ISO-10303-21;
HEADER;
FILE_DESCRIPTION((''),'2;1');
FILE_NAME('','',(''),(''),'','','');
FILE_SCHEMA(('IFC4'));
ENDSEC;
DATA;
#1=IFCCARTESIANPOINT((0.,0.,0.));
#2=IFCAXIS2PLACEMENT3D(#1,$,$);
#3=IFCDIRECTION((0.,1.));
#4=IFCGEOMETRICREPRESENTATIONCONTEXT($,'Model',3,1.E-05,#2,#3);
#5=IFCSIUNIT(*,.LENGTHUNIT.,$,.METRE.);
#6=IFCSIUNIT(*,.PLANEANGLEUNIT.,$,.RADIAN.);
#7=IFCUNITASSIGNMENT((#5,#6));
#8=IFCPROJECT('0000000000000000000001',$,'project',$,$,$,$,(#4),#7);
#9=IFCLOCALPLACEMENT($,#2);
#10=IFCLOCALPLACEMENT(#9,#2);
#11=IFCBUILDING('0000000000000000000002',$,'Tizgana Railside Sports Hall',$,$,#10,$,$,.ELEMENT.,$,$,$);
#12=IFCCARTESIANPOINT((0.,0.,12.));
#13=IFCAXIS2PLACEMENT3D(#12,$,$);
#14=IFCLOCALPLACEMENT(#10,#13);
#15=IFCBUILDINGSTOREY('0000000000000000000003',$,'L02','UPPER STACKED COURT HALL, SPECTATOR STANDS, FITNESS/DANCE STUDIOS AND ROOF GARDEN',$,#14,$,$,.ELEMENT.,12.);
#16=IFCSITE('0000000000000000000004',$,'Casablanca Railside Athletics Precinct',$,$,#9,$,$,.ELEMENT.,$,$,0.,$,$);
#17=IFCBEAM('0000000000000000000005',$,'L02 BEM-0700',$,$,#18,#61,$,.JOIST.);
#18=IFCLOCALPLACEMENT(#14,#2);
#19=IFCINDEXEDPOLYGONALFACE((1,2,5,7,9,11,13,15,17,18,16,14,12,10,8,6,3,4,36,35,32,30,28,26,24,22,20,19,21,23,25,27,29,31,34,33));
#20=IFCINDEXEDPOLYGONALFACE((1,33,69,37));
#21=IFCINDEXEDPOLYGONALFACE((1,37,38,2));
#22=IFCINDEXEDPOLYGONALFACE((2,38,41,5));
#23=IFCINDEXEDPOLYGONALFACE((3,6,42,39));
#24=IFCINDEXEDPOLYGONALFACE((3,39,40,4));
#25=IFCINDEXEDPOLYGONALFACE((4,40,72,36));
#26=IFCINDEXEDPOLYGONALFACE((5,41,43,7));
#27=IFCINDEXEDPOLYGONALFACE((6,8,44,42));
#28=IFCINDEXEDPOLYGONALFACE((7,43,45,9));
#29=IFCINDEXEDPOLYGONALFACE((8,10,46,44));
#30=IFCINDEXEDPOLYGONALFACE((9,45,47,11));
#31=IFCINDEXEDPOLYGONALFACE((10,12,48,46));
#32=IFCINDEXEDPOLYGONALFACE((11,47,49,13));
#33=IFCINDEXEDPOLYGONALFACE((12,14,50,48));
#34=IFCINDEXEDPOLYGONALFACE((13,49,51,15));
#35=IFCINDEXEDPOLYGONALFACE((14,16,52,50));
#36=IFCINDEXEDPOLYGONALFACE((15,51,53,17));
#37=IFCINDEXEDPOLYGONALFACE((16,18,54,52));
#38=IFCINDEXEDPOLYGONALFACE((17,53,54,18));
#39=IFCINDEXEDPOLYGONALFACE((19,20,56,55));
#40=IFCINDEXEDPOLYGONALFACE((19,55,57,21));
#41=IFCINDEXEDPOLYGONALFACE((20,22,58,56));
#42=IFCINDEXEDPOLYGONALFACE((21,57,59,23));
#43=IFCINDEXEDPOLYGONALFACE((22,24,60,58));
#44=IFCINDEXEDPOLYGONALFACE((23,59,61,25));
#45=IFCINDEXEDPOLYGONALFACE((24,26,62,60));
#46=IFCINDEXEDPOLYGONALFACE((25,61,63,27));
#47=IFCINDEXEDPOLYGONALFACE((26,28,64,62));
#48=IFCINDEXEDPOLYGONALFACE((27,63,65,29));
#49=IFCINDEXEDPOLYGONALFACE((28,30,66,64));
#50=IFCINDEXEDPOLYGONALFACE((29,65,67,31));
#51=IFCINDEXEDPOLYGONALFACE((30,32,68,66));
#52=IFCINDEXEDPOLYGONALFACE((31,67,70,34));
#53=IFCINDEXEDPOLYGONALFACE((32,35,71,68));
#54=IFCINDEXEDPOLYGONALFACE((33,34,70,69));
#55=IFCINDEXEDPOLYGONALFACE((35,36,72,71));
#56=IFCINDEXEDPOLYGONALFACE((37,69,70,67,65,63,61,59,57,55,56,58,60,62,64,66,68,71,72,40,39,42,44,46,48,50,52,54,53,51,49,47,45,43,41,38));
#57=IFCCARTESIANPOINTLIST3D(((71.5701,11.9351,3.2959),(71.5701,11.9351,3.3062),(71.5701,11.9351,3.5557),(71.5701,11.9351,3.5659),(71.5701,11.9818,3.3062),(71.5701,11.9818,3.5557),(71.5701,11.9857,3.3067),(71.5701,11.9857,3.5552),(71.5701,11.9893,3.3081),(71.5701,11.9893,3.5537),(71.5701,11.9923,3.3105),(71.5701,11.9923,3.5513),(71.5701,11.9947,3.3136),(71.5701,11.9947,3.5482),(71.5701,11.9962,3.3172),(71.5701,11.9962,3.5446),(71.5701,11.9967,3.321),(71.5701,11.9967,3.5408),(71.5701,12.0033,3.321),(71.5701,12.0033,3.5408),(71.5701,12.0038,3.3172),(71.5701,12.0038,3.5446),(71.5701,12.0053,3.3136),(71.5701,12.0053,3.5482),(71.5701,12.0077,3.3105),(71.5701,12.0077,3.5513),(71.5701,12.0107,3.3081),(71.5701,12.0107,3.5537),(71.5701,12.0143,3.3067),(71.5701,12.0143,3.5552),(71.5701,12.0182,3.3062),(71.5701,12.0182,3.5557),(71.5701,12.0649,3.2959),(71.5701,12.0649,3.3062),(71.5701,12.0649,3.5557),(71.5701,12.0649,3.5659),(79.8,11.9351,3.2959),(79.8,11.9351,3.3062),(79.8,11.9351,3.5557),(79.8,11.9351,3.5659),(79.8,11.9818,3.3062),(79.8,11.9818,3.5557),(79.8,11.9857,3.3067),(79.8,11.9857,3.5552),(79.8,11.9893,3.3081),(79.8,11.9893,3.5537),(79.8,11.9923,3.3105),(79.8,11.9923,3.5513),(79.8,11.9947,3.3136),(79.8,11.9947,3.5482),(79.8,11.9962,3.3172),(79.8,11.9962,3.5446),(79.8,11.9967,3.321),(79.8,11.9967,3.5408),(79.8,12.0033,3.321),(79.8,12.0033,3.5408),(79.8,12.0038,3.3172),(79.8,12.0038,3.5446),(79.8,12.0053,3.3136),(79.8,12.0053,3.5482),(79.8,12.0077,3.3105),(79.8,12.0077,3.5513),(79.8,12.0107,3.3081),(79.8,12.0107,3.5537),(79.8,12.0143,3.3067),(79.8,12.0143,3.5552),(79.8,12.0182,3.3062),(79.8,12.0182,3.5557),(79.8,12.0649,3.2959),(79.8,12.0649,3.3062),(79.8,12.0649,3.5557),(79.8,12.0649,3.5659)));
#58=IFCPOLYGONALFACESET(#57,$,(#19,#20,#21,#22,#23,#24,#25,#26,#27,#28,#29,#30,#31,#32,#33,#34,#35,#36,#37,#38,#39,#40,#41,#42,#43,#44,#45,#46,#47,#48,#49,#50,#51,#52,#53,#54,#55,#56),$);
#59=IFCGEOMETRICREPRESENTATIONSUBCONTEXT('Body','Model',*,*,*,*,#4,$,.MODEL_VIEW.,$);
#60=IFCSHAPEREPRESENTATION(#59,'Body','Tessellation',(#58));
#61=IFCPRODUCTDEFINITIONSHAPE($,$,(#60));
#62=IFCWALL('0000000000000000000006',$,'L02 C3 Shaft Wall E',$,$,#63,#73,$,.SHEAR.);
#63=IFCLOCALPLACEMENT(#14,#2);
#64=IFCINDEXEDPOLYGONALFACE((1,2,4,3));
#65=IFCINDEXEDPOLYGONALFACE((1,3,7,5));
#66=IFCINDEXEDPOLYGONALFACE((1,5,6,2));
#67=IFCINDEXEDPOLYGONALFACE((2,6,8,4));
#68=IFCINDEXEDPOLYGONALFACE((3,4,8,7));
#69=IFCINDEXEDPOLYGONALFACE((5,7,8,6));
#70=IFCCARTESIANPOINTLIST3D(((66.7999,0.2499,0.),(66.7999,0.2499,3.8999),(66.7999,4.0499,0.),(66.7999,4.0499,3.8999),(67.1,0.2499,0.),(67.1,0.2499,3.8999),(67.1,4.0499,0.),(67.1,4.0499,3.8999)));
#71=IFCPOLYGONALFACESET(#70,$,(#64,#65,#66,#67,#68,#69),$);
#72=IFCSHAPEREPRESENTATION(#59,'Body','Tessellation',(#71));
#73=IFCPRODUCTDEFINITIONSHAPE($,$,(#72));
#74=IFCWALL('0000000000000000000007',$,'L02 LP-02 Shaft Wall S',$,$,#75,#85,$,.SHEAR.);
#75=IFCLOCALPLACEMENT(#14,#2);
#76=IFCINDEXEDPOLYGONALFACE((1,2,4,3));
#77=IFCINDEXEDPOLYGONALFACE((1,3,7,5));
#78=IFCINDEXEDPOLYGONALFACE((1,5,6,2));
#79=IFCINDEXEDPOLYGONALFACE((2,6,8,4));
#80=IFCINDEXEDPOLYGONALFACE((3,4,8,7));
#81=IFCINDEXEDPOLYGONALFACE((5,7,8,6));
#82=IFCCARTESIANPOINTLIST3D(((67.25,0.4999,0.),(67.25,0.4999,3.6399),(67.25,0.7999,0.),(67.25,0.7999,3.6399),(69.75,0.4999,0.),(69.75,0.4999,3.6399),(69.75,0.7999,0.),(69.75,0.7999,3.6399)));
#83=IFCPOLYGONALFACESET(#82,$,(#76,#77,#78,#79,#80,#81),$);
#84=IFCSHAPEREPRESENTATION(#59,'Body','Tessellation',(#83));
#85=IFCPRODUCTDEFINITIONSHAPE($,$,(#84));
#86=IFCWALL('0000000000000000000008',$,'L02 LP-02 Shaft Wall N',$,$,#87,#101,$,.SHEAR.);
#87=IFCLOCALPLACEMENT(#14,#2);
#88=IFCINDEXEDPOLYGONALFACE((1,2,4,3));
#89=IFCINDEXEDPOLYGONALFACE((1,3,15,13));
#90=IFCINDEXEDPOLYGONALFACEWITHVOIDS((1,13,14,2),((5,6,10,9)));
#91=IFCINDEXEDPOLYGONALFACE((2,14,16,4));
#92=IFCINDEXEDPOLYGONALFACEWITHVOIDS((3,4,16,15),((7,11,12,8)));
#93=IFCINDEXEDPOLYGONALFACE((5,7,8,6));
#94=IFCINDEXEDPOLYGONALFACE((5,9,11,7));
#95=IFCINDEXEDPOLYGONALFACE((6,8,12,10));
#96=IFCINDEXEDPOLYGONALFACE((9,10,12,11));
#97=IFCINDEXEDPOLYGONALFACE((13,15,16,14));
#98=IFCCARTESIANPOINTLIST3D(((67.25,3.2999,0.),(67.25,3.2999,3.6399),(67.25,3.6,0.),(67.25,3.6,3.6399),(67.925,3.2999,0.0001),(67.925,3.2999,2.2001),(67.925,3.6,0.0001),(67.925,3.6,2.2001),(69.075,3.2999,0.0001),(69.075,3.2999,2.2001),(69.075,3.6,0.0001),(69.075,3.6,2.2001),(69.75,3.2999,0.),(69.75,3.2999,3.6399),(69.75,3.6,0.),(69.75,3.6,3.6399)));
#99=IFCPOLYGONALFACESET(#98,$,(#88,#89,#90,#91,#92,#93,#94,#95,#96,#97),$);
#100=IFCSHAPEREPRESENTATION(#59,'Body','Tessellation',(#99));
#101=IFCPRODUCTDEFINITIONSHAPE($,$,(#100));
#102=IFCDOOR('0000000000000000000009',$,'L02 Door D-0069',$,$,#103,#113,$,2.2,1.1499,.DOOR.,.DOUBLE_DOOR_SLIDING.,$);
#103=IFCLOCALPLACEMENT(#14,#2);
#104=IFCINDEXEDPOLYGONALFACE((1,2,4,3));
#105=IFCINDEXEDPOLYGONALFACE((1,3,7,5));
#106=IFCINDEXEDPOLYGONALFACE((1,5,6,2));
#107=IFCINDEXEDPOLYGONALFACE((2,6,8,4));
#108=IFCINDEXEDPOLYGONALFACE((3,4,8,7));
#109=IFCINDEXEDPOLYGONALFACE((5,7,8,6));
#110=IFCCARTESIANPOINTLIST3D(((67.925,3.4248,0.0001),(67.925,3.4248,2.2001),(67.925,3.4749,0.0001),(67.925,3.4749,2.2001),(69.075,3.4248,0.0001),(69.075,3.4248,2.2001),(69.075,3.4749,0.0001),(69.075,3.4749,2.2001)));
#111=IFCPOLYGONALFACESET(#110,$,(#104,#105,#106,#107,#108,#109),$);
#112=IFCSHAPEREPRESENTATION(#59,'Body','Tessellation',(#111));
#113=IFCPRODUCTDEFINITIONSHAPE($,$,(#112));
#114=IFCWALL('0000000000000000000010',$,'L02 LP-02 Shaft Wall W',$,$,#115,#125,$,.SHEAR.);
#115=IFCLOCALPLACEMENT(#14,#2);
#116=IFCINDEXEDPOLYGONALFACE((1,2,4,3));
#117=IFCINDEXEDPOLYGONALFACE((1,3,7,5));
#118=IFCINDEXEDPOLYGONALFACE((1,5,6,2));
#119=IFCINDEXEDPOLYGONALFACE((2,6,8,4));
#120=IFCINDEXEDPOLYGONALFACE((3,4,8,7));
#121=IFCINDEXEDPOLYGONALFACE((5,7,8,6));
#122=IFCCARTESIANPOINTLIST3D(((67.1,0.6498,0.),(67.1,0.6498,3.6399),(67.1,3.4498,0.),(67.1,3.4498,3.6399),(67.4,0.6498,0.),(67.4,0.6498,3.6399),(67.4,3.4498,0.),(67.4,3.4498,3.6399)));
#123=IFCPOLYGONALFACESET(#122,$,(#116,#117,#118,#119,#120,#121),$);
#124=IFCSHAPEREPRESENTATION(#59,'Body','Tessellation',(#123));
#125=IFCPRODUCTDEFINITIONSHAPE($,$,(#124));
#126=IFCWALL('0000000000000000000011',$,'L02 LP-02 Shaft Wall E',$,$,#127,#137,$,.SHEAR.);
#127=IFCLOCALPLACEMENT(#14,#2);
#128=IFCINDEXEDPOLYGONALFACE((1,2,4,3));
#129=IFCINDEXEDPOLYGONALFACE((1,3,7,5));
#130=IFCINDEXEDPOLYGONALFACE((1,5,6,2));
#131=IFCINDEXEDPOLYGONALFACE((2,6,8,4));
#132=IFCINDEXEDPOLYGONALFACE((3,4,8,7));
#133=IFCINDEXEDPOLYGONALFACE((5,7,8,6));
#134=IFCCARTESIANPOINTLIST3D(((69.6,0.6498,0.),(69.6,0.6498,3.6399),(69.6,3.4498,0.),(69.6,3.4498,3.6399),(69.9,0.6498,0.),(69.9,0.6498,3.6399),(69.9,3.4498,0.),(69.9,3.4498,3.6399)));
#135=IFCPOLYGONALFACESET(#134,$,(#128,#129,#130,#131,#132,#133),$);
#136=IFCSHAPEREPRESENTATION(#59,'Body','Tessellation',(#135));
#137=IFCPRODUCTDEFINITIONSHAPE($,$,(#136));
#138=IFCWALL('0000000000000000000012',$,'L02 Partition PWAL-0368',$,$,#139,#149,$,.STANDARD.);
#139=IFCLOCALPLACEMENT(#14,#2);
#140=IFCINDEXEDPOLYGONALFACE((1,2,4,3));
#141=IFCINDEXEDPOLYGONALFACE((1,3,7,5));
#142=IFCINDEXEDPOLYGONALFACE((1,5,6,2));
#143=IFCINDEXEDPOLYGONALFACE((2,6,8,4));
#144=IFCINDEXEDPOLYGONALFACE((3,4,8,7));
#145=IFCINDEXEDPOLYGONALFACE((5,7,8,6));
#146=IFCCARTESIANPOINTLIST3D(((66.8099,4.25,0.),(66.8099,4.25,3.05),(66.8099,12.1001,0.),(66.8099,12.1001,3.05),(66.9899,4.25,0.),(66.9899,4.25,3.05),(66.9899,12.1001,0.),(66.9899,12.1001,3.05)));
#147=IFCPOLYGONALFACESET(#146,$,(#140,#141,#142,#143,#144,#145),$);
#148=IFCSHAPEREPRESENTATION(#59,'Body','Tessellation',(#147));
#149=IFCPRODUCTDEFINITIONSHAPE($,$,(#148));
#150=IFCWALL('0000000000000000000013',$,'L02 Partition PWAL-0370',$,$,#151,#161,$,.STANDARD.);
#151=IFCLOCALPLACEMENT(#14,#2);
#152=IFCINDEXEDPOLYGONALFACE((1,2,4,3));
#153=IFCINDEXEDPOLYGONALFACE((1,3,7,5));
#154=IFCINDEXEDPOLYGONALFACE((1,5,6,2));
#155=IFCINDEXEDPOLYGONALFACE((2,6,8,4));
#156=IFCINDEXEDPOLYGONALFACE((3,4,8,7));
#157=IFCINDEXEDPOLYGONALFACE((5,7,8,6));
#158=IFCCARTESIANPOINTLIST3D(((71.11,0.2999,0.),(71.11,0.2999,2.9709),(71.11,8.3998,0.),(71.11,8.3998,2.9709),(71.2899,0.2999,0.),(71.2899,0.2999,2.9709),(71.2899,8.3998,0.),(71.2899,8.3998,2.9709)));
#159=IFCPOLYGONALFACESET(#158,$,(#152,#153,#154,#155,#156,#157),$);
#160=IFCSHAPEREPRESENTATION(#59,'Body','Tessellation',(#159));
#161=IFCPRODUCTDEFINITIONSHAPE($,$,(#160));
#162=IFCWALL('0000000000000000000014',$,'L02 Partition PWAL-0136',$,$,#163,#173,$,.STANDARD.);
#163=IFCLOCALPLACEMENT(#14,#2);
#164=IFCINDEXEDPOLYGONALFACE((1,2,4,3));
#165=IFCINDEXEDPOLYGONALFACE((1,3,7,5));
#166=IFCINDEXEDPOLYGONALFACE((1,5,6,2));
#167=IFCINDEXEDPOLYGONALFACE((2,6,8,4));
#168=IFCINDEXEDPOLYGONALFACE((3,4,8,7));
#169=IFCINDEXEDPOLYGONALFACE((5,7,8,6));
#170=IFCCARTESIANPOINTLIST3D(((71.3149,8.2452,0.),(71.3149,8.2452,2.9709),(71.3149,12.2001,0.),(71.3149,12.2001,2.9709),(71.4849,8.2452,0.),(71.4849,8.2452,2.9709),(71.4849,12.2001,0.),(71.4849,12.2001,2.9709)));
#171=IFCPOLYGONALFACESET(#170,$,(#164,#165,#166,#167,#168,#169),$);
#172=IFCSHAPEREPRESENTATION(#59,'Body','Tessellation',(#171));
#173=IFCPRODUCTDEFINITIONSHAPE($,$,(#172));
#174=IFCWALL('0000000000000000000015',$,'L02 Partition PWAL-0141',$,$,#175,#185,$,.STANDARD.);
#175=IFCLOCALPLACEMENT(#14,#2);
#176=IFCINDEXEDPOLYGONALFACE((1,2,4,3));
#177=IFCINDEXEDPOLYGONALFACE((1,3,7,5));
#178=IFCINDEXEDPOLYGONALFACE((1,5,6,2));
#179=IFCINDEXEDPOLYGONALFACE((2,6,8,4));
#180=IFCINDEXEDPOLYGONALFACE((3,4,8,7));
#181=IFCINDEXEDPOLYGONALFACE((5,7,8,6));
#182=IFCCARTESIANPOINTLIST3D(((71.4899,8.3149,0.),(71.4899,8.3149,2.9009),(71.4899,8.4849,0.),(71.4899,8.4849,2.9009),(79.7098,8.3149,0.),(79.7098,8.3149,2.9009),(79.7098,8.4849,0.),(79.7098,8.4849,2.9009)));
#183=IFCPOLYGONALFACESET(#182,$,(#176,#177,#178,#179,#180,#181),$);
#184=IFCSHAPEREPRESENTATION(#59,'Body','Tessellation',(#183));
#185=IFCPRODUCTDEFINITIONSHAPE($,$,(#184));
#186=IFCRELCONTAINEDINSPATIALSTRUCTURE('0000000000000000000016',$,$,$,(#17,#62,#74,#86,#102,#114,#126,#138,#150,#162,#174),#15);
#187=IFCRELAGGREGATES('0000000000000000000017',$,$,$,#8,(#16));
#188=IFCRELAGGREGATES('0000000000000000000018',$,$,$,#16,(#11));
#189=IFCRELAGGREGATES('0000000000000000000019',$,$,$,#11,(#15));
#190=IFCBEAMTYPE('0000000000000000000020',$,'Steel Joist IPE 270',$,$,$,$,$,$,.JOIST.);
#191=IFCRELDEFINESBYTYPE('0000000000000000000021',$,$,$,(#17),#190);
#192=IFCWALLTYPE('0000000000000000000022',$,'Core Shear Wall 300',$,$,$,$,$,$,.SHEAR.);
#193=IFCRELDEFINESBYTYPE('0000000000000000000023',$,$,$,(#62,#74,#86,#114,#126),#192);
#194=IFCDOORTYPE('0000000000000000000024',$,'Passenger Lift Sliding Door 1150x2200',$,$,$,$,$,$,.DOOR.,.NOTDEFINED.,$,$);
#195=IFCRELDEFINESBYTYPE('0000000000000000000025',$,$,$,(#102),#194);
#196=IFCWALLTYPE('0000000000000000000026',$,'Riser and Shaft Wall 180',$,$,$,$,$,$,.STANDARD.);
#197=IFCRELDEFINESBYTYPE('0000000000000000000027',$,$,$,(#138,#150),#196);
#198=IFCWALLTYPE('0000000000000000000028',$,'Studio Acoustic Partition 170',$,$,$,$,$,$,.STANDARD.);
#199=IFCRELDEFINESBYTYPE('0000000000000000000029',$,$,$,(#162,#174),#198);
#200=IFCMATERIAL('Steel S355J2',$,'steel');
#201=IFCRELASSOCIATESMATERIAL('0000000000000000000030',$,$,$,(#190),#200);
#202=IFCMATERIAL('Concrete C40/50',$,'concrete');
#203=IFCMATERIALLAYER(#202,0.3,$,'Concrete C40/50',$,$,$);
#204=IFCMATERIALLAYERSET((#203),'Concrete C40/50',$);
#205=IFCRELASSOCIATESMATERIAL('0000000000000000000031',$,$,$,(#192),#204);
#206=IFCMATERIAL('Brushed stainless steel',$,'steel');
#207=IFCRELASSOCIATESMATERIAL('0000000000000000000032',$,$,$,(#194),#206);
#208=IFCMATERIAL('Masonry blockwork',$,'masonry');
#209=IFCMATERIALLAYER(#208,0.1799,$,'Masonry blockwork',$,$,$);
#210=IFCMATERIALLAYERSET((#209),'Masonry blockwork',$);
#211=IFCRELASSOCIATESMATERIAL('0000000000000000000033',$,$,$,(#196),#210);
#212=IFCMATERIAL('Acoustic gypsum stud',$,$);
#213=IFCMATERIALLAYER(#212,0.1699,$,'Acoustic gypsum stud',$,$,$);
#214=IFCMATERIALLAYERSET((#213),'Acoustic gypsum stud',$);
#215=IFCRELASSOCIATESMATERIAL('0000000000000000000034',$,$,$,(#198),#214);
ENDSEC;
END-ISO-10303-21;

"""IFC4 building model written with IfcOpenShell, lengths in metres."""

from ifc_helpers import new_model, si_unit, direction, frame, frame_2d, origin, origin_2d, place, context, subcontext, project, spatial, rectangle, i_section, extrude, material, layer, layer_set, material_profile, profile_set, type_object, element, fill, save


model = new_model("IFC4")

# Units and contexts
model_context = context("Model", 3, precision=1e-05, world=origin(), true_north=direction((0.0, 1.0)))
body_context = subcontext(model_context, "Body", "Model", "MODEL_VIEW")
ifc_project = project(units=[si_unit("LENGTHUNIT", "METRE"), si_unit("PLANEANGLEUNIT", "RADIAN")], contexts=[model_context])

# Site, building, storey
site_placement = place(None, origin())
site = spatial("IfcSite", under=ifc_project, at=site_placement, Name="Casablanca Railside Athletics Precinct", CompositionType="ELEMENT", RefElevation=0.0)
building_placement = place(site_placement, origin())
building = spatial("IfcBuilding", under=site, at=building_placement, Name="Tizgana Railside Sports Hall", CompositionType="ELEMENT")
storey_placement = place(building_placement, frame((0.0, 0.0, 12.0)))
storey = spatial("IfcBuildingStorey", under=building, at=storey_placement, Name="L02", Description="UPPER STACKED COURT HALL, SPECTATOR STANDS, FITNESS/DANCE STUDIOS AND ROOF GARDEN", CompositionType="ELEMENT", Elevation=12.0)

# Shared definitions
ifc_material_1 = material(Name="Steel S355J2", Category="steel")

# Beam
ifc_material_profile_1 = material_profile(ifc_material_1, i_section(OverallWidth=0.1299, OverallDepth=0.27, WebThickness=0.0066, FlangeThickness=0.0103, FilletRadius=0.0149, at=origin_2d()), Name="IPE 270")
ifc_profile_set_1 = profile_set([ifc_material_profile_1], Name="Steel S355J2")
beam_type_1 = type_object("IfcBeamType", Name="Steel Joist IPE 270", PredefinedType="JOIST", material=ifc_profile_set_1)
beam_1_placement = place(storey_placement, frame((71.5701, 12.0, 3.4309), z_axis=(1.0, 0.0, 0.0), x_axis=(0.0, 1.0, 0.0)))
element("IfcBeam", 1, at=beam_1_placement, inside=storey, type_object=beam_type_1, Name="L02 BEM-0700", PredefinedType="JOIST", context=body_context, shape_type="SweptSolid", body=[
    extrude(i_section(OverallWidth=0.1299, OverallDepth=0.27, WebThickness=0.0066, FlangeThickness=0.0103, FilletRadius=0.0149, at=origin_2d()), origin(), (0.0, 0.0, 1.0), 8.23),
])

# Walls
ifc_material_2 = material(Name="Concrete C40/50", Category="concrete")
ifc_layer_1 = layer(ifc_material_2, 0.3, Name="Concrete C40/50")
ifc_layer_set_1 = layer_set([ifc_layer_1], Name="Concrete C40/50")
wall_type_1 = type_object("IfcWallType", Name="Core Shear Wall 300", PredefinedType="SHEAR", material=ifc_layer_set_1)
wall_1_placement = place(storey_placement, frame((66.95, 0.25, 0.0), z_axis=(0.0, 0.0, 1.0), x_axis=(0.0, 1.0, 0.0)))
element("IfcWall", 2, at=wall_1_placement, inside=storey, type_object=wall_type_1, Name="L02 C3 Shaft Wall E", PredefinedType="SHEAR", context=body_context, shape_type="SweptSolid", body=[
    extrude(rectangle(XDim=3.8, YDim=0.3, at=frame_2d((1.8999, 0.0))), origin(), (0.0, 0.0, 1.0), 3.8999),
])
wall_2_placement = place(storey_placement, frame((67.25, 0.6499, 0.0), z_axis=(0.0, 0.0, 1.0), x_axis=(1.0, 0.0, 0.0)))
element("IfcWall", 3, at=wall_2_placement, inside=storey, type_object=wall_type_1, Name="L02 LP-02 Shaft Wall S", PredefinedType="SHEAR", context=body_context, shape_type="SweptSolid", body=[
    extrude(rectangle(XDim=2.5, YDim=0.3, at=frame_2d((1.25, 0.0))), origin(), (0.0, 0.0, 1.0), 3.6399),
])

# Wall, opening, door
wall_3_placement = place(storey_placement, frame((67.25, 3.45, 0.0), z_axis=(0.0, 0.0, 1.0), x_axis=(1.0, 0.0, 0.0)))
wall_3 = element("IfcWall", 4, at=wall_3_placement, inside=storey, type_object=wall_type_1, Name="L02 LP-02 Shaft Wall N", PredefinedType="SHEAR", context=body_context, shape_type="SweptSolid", body=[
    extrude(rectangle(XDim=2.5, YDim=0.3, at=frame_2d((1.25, 0.0))), origin(), (0.0, 0.0, 1.0), 3.6399),
])
opening_1_placement = place(wall_3_placement, frame((0.675, 0.0, 0.0)))
opening_1 = element("IfcOpeningElement", 5, at=opening_1_placement, cuts=wall_3, PredefinedType="OPENING", context=body_context, shape_type="SweptSolid", body=[
    extrude(rectangle(XDim=1.1499, YDim=2.2, at=frame_2d((0.575, 1.1001))), frame((0.0, 0.1599, 0.0), z_axis=(0.0, -1.0, 0.0), x_axis=(1.0, 0.0, 0.0)), (0.0, 0.0, 1.0), 0.3201),
])
ifc_material_3 = material(Name="Brushed stainless steel", Category="steel")
door_type_1 = type_object("IfcDoorType", Name="Passenger Lift Sliding Door 1150x2200", OperationType="NOTDEFINED", PredefinedType="DOOR", material=ifc_material_3)
door_1_placement = place(opening_1_placement, origin())
door_1 = element("IfcDoor", 6, at=door_1_placement, inside=storey, type_object=door_type_1, Name="L02 Door D-0069", OperationType="DOUBLE_DOOR_SLIDING", OverallHeight=2.2, OverallWidth=1.1499, PredefinedType="DOOR", context=body_context, shape_type="SweptSolid", body=[
    extrude(rectangle(XDim=1.1499, YDim=2.2, at=frame_2d((0.575, 1.1001))), frame((0.0, 0.0249, 0.0), z_axis=(0.0, -1.0, 0.0), x_axis=(1.0, 0.0, 0.0)), (0.0, 0.0, 1.0), 0.05),
])
fill(opening_1, door_1)

# Walls
for number, where, z_axis, x_axis, name in (
    (7, (67.25, 0.6499, 0.0), (0.0, 0.0, 1.0), (0.0, 1.0, 0.0), "L02 LP-02 Shaft Wall W"),
    (8, (69.75, 0.6499, 0.0), (0.0, 0.0, 1.0), (0.0, 1.0, 0.0), "L02 LP-02 Shaft Wall E"),
):
    element("IfcWall", number, at=place(storey_placement, frame(where, z_axis=z_axis, x_axis=x_axis)), inside=storey, type_object=wall_type_1, Name=name, PredefinedType="SHEAR", context=body_context, shape_type="SweptSolid", body=[
        extrude(rectangle(XDim=2.8, YDim=0.3, at=frame_2d((1.3999, 0.0))), origin(), (0.0, 0.0, 1.0), 3.6399),
    ])
ifc_material_4 = material(Name="Masonry blockwork", Category="masonry")
ifc_layer_2 = layer(ifc_material_4, 0.1799, Name="Masonry blockwork")
ifc_layer_set_2 = layer_set([ifc_layer_2], Name="Masonry blockwork")
wall_type_2 = type_object("IfcWallType", Name="Riser and Shaft Wall 180", PredefinedType="STANDARD", material=ifc_layer_set_2)
wall_4_placement = place(storey_placement, frame((66.8999, 4.25, 0.0), z_axis=(0.0, 0.0, 1.0), x_axis=(0.0, 1.0, 0.0)))
element("IfcWall", 9, at=wall_4_placement, inside=storey, type_object=wall_type_2, Name="L02 Partition PWAL-0368", PredefinedType="STANDARD", context=body_context, shape_type="SweptSolid", body=[
    extrude(rectangle(XDim=7.8501, YDim=0.1799, at=frame_2d((3.925, 0.0))), origin(), (0.0, 0.0, 1.0), 3.05),
])

# Walls
wall_5_placement = place(storey_placement, frame((71.2, 0.3, 0.0), z_axis=(0.0, 0.0, 1.0), x_axis=(0.0, 1.0, 0.0)))
element("IfcWall", 10, at=wall_5_placement, inside=storey, type_object=wall_type_2, Name="L02 Partition PWAL-0370", PredefinedType="STANDARD", context=body_context, shape_type="SweptSolid", body=[
    extrude(rectangle(XDim=8.0999, YDim=0.1799, at=frame_2d((4.0498, 0.0))), origin(), (0.0, 0.0, 1.0), 2.9709),
])
ifc_material_5 = material(Name="Acoustic gypsum stud")
ifc_layer_3 = layer(ifc_material_5, 0.1699, Name="Acoustic gypsum stud")
ifc_layer_set_3 = layer_set([ifc_layer_3], Name="Acoustic gypsum stud")
wall_type_3 = type_object("IfcWallType", Name="Studio Acoustic Partition 170", PredefinedType="STANDARD", material=ifc_layer_set_3)
wall_6_placement = place(storey_placement, frame((71.3999, 8.2451, 0.0), z_axis=(0.0, 0.0, 1.0), x_axis=(0.0, 1.0, 0.0)))
element("IfcWall", 11, at=wall_6_placement, inside=storey, type_object=wall_type_3, Name="L02 Partition PWAL-0136", PredefinedType="STANDARD", context=body_context, shape_type="SweptSolid", body=[
    extrude(rectangle(XDim=3.9548, YDim=0.1699, at=frame_2d((1.9775, 0.0))), origin(), (0.0, 0.0, 1.0), 2.9709),
])
wall_7_placement = place(storey_placement, frame((71.49, 8.3999, 0.0), z_axis=(0.0, 0.0, 1.0), x_axis=(1.0, 0.0, 0.0)))
element("IfcWall", 12, at=wall_7_placement, inside=storey, type_object=wall_type_3, Name="L02 Partition PWAL-0141", PredefinedType="STANDARD", context=body_context, shape_type="SweptSolid", body=[
    extrude(rectangle(XDim=8.22, YDim=0.1699, at=frame_2d((4.1099, 0.0))), origin(), (0.0, 0.0, 1.0), 2.9009),
])

save(model, "model.ifc")
